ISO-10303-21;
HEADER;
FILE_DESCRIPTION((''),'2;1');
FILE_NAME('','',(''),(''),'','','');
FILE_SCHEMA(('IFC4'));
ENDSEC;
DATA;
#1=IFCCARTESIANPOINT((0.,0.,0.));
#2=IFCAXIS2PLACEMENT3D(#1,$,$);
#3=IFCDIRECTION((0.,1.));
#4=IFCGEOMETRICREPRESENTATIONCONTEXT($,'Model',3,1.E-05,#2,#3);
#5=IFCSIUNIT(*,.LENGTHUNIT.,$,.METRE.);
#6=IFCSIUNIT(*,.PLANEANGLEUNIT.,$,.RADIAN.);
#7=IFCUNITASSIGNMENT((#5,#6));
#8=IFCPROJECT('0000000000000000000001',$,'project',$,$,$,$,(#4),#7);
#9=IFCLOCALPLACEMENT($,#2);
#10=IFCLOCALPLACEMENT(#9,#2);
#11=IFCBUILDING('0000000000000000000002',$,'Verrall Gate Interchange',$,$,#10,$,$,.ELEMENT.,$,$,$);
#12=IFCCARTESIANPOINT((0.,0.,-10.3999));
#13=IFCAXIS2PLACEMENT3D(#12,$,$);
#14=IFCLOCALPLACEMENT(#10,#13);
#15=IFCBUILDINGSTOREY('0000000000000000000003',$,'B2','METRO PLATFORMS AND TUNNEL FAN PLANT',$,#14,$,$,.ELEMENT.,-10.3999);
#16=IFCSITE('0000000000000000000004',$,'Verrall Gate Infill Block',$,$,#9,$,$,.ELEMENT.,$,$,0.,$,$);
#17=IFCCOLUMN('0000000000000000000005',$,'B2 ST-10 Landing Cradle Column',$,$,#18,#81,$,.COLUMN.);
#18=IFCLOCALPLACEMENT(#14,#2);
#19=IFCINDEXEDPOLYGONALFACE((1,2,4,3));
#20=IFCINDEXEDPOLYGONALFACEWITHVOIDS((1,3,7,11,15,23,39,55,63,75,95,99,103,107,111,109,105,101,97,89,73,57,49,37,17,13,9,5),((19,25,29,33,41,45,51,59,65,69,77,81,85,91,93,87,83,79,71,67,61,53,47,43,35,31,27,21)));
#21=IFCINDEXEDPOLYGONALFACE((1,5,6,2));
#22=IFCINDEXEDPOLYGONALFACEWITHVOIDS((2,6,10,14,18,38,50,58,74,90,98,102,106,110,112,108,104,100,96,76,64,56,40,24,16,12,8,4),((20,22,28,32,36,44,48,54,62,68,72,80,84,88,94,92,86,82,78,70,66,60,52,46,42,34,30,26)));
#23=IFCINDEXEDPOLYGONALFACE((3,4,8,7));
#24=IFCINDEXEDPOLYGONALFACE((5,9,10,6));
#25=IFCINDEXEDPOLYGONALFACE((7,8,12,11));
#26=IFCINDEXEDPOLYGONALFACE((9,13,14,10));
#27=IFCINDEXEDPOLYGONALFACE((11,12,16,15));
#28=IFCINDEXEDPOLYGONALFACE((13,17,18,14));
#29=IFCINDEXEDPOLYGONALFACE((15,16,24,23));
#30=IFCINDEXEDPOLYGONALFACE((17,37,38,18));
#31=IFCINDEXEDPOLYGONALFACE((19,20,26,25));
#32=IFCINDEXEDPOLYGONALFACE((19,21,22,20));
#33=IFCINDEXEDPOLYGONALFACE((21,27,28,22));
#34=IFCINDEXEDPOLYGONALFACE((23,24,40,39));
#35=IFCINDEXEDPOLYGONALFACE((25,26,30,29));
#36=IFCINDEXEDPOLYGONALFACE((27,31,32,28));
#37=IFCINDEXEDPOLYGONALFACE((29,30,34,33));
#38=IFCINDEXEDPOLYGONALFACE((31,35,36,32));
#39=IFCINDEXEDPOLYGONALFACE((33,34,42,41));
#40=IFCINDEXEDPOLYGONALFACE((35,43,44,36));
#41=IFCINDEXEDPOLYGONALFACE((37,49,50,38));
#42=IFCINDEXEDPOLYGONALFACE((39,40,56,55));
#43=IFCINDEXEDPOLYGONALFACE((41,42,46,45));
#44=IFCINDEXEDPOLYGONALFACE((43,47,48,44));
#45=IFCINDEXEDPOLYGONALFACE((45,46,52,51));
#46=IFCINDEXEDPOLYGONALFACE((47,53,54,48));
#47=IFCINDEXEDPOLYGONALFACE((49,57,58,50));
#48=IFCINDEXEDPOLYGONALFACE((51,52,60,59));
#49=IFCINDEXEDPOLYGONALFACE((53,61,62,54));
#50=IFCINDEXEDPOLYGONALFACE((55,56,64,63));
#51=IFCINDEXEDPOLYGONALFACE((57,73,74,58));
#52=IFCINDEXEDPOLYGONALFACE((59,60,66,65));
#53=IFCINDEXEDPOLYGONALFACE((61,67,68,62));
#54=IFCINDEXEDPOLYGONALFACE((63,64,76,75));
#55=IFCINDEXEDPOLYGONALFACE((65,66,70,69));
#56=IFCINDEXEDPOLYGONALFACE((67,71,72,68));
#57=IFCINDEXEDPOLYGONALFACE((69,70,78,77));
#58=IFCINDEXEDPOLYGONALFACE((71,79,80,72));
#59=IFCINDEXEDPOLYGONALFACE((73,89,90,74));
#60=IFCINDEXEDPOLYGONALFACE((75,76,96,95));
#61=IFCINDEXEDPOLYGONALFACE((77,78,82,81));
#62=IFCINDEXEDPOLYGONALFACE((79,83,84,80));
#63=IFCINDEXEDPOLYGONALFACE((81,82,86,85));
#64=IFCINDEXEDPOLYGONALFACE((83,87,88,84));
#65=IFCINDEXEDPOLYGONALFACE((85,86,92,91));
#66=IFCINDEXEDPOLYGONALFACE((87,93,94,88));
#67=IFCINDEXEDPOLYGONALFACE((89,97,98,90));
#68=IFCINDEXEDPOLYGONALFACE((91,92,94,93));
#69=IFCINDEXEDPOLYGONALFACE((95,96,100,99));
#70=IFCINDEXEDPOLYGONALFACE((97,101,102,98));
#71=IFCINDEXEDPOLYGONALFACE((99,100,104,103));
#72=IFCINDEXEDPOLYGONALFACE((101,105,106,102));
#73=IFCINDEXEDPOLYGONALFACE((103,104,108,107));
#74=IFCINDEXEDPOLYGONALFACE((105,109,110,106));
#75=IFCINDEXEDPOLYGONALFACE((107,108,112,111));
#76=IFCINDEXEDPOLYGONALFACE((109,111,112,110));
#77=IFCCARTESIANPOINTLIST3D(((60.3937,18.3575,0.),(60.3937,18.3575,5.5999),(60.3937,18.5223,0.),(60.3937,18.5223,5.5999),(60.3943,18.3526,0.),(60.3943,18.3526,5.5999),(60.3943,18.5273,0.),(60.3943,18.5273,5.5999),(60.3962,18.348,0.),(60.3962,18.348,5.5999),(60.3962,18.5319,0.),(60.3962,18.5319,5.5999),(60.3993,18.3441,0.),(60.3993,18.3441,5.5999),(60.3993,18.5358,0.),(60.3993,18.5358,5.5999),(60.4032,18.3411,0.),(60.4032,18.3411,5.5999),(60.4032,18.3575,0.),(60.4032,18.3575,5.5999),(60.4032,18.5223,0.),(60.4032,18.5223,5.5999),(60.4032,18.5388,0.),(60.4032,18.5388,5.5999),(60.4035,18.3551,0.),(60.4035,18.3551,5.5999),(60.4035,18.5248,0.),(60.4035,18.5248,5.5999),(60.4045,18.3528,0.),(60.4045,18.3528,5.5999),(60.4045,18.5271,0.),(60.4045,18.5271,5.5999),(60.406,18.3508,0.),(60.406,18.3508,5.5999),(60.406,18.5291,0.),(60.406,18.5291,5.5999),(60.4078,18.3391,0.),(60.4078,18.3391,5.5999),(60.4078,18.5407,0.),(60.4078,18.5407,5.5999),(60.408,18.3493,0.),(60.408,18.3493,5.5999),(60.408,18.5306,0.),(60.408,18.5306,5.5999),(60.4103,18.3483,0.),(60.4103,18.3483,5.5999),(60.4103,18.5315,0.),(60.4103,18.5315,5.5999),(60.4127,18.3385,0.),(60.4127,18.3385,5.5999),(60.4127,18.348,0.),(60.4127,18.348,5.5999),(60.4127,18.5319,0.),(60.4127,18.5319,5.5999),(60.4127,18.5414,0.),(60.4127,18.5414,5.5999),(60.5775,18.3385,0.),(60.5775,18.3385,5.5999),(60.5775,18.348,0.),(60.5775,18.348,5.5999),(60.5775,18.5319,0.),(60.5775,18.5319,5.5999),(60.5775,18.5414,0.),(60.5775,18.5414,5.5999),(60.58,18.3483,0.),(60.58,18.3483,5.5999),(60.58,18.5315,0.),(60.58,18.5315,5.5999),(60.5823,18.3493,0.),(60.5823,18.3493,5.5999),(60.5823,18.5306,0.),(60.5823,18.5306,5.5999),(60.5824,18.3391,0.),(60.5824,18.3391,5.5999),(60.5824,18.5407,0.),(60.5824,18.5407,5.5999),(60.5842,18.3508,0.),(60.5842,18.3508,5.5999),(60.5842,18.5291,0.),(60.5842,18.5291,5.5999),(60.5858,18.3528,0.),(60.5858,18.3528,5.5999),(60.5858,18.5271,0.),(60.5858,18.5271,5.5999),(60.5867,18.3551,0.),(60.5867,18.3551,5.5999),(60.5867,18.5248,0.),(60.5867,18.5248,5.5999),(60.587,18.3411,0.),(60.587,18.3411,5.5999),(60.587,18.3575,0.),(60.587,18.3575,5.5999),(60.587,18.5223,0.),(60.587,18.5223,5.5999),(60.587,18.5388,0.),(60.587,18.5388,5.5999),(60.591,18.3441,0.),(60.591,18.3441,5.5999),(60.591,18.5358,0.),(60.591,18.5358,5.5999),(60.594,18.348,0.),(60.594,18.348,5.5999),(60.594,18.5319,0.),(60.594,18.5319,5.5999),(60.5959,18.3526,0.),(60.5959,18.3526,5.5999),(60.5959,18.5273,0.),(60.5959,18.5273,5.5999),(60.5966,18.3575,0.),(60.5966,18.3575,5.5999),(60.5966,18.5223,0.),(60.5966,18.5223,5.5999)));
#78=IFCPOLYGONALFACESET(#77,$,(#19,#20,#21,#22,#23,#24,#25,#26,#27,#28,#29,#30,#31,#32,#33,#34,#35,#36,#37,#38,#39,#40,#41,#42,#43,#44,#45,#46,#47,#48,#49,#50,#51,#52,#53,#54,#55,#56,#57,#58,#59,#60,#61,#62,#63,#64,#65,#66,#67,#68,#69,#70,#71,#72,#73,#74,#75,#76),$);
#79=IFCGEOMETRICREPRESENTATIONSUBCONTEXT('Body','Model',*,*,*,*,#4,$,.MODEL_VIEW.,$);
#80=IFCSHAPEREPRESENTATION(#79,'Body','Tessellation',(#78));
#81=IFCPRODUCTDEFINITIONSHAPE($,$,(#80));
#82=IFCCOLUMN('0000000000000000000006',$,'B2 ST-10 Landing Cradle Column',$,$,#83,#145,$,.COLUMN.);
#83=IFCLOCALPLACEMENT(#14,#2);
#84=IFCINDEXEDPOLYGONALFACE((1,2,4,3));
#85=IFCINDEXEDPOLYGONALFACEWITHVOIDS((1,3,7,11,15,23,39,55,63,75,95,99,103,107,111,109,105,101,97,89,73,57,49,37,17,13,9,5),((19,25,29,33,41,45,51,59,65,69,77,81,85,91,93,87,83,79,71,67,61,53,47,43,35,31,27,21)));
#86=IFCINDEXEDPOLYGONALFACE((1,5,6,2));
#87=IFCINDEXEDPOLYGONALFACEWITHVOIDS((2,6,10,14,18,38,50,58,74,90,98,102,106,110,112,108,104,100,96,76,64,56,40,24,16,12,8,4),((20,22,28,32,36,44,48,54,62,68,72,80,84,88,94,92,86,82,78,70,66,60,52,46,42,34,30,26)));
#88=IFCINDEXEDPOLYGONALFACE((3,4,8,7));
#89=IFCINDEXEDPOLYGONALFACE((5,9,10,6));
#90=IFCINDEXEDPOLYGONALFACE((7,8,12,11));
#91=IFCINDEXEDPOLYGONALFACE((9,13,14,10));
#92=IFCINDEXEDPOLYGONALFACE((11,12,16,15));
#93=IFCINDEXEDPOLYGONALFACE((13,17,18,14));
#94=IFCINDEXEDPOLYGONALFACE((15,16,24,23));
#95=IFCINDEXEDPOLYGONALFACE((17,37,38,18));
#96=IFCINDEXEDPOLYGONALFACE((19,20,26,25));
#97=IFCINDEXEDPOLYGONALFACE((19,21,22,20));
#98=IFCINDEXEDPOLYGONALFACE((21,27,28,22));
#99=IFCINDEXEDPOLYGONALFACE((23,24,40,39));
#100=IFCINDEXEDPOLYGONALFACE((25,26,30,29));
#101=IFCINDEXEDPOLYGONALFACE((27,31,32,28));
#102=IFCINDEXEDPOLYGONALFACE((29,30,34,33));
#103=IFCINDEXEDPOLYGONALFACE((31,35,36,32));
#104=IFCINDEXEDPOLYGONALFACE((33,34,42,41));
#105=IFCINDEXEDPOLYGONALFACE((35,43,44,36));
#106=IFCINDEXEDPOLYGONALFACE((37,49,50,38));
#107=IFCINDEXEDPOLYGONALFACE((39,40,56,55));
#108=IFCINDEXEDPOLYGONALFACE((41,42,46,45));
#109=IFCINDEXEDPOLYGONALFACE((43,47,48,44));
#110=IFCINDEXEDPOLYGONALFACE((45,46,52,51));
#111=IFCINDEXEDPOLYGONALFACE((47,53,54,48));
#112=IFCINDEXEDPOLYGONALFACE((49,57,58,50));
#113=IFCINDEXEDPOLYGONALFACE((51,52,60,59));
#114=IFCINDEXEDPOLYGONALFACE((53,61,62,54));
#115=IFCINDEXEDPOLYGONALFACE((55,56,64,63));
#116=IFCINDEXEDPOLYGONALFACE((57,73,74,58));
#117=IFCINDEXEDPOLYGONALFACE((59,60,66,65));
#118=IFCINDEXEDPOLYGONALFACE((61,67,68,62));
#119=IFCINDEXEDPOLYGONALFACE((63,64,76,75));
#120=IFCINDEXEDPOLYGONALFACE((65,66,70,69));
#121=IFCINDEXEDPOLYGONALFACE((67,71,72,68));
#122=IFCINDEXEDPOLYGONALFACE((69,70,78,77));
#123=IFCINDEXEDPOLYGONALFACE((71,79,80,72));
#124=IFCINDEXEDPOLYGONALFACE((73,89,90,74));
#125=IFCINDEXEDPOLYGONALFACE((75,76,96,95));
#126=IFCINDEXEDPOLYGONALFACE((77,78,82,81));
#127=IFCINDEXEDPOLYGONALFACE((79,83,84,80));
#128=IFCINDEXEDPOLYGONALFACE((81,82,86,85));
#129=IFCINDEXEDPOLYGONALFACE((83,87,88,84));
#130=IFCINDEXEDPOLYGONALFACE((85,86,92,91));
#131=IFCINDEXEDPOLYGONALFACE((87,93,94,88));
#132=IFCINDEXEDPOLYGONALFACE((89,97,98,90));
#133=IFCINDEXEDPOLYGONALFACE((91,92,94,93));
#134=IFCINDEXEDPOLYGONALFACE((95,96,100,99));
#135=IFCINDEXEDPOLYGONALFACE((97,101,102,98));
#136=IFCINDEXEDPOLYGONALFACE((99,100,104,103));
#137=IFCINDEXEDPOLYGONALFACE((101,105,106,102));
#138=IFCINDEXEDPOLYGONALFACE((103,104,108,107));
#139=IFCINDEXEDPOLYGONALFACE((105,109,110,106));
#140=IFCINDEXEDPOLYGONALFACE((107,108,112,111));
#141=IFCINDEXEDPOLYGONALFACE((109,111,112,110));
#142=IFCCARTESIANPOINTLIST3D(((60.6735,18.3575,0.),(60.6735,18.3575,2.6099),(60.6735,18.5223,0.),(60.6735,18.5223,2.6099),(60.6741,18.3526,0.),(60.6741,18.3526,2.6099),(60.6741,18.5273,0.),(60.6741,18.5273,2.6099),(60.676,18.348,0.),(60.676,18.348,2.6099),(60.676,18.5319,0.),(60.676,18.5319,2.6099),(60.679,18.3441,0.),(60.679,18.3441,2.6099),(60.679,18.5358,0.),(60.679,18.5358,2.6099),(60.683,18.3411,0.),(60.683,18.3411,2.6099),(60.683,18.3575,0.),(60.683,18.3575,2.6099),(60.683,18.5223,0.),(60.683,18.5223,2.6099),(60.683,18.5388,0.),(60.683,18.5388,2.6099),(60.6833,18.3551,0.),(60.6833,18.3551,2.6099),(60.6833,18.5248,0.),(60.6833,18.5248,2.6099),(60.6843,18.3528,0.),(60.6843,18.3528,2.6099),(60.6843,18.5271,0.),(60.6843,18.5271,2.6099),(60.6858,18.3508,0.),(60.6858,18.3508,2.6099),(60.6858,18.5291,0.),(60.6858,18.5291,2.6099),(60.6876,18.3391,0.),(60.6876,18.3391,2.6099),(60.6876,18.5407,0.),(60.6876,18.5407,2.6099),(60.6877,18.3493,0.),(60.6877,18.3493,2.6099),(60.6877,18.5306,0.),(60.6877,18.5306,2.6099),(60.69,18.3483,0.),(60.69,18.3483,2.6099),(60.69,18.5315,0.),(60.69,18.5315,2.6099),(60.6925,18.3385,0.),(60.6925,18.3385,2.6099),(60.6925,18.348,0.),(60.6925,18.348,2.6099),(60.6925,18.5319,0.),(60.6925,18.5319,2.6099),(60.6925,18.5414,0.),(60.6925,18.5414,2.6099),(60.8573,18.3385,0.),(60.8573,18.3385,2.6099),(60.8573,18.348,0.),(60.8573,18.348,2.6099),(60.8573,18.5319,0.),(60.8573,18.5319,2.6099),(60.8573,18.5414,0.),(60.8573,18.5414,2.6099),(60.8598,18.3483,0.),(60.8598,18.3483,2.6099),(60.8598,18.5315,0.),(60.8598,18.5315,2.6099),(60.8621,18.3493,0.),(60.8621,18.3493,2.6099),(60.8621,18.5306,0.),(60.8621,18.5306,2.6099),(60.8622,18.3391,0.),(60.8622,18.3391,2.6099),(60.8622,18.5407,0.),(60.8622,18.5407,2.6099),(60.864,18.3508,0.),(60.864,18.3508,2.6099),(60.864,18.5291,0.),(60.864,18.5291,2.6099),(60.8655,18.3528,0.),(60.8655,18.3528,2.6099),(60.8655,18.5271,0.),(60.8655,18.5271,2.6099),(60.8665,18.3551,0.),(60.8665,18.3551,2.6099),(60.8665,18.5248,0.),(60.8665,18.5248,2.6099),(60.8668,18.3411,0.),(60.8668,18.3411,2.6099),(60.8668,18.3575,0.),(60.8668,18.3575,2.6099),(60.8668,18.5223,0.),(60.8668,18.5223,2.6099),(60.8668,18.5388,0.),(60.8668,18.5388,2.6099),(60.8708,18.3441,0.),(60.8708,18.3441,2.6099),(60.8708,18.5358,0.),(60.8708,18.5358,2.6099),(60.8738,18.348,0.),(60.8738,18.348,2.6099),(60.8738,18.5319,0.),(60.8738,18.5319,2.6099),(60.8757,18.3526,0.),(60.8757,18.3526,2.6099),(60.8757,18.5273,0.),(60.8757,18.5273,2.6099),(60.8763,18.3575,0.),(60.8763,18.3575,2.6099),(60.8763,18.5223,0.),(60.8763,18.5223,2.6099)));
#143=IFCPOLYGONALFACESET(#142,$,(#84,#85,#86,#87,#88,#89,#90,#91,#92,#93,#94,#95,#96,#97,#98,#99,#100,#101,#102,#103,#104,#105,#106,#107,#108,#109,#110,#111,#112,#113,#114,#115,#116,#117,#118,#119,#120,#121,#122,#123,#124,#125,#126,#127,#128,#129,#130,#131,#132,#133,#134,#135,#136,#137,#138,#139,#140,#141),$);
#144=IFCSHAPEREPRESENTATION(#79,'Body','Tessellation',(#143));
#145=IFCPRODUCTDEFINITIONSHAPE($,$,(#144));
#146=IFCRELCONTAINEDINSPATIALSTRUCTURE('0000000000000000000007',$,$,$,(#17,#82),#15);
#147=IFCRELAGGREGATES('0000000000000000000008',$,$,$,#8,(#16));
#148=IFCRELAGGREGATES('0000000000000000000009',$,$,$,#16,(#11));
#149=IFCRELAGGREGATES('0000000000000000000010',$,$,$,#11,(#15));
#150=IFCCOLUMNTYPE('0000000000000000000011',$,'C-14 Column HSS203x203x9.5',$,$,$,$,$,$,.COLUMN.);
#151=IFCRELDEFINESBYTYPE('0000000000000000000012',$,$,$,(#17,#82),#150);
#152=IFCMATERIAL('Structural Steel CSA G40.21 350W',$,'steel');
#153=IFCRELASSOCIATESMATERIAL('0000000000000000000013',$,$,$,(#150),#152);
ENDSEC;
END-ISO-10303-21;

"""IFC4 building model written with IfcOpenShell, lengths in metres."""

from ifc_helpers import new_model, si_unit, direction, frame, origin, origin_2d, place, context, subcontext, project, spatial, hollow_rectangle, extrude, material, material_profile, profile_set, type_object, element, save


model = new_model("IFC4")

# Units and contexts
model_context = context("Model", 3, precision=1e-05, world=origin(), true_north=direction((0.0, 1.0)))
body_context = subcontext(model_context, "Body", "Model", "MODEL_VIEW")
ifc_project = project(units=[si_unit("LENGTHUNIT", "METRE"), si_unit("PLANEANGLEUNIT", "RADIAN")], contexts=[model_context])

# Site, building, storey
site_placement = place(None, origin())
site = spatial("IfcSite", under=ifc_project, at=site_placement, Name="Verrall Gate Infill Block", CompositionType="ELEMENT", RefElevation=0.0)
building_placement = place(site_placement, origin())
building = spatial("IfcBuilding", under=site, at=building_placement, Name="Verrall Gate Interchange", CompositionType="ELEMENT")
storey_placement = place(building_placement, frame((0.0, 0.0, -10.3999)))
storey = spatial("IfcBuildingStorey", under=building, at=storey_placement, Name="B2", Description="METRO PLATFORMS AND TUNNEL FAN PLANT", CompositionType="ELEMENT", Elevation=-10.3999)

# Columns
ifc_material_1 = material(Name="Structural Steel CSA G40.21 350W", Category="steel")
ifc_material_profile_1 = material_profile(ifc_material_1, hollow_rectangle(XDim=0.2029, YDim=0.2029, WallThickness=0.0095, InnerFilletRadius=0.0095, OuterFilletRadius=0.019, at=origin_2d()), Name="HSS203x203x9.5")
ifc_profile_set_1 = profile_set([ifc_material_profile_1], Name="Structural Steel CSA G40.21 350W")
column_type_1 = type_object("IfcColumnType", Name="C-14 Column HSS203x203x9.5", PredefinedType="COLUMN", material=ifc_profile_set_1)
column_1_placement = place(storey_placement, frame((60.4951, 18.4399, 0.0), z_axis=(0.0, 0.0, 1.0), x_axis=(1.0, 0.0, 0.0)))
element("IfcColumn", 1, at=column_1_placement, inside=storey, type_object=column_type_1, Name="B2 ST-10 Landing Cradle Column", PredefinedType="COLUMN", context=body_context, shape_type="SweptSolid", body=[
    extrude(hollow_rectangle(XDim=0.2029, YDim=0.2029, WallThickness=0.0095, InnerFilletRadius=0.0095, OuterFilletRadius=0.019, at=origin_2d()), origin(), (0.0, 0.0, 1.0), 5.5999),
])
column_2_placement = place(storey_placement, frame((60.7749, 18.4399, 0.0), z_axis=(0.0, 0.0, 1.0), x_axis=(1.0, 0.0, 0.0)))
element("IfcColumn", 2, at=column_2_placement, inside=storey, type_object=column_type_1, Name="B2 ST-10 Landing Cradle Column", PredefinedType="COLUMN", context=body_context, shape_type="SweptSolid", body=[
    extrude(hollow_rectangle(XDim=0.2029, YDim=0.2029, WallThickness=0.0095, InnerFilletRadius=0.0095, OuterFilletRadius=0.019, at=origin_2d()), origin(), (0.0, 0.0, 1.0), 2.6099),
])

save(model, "model.ifc")
